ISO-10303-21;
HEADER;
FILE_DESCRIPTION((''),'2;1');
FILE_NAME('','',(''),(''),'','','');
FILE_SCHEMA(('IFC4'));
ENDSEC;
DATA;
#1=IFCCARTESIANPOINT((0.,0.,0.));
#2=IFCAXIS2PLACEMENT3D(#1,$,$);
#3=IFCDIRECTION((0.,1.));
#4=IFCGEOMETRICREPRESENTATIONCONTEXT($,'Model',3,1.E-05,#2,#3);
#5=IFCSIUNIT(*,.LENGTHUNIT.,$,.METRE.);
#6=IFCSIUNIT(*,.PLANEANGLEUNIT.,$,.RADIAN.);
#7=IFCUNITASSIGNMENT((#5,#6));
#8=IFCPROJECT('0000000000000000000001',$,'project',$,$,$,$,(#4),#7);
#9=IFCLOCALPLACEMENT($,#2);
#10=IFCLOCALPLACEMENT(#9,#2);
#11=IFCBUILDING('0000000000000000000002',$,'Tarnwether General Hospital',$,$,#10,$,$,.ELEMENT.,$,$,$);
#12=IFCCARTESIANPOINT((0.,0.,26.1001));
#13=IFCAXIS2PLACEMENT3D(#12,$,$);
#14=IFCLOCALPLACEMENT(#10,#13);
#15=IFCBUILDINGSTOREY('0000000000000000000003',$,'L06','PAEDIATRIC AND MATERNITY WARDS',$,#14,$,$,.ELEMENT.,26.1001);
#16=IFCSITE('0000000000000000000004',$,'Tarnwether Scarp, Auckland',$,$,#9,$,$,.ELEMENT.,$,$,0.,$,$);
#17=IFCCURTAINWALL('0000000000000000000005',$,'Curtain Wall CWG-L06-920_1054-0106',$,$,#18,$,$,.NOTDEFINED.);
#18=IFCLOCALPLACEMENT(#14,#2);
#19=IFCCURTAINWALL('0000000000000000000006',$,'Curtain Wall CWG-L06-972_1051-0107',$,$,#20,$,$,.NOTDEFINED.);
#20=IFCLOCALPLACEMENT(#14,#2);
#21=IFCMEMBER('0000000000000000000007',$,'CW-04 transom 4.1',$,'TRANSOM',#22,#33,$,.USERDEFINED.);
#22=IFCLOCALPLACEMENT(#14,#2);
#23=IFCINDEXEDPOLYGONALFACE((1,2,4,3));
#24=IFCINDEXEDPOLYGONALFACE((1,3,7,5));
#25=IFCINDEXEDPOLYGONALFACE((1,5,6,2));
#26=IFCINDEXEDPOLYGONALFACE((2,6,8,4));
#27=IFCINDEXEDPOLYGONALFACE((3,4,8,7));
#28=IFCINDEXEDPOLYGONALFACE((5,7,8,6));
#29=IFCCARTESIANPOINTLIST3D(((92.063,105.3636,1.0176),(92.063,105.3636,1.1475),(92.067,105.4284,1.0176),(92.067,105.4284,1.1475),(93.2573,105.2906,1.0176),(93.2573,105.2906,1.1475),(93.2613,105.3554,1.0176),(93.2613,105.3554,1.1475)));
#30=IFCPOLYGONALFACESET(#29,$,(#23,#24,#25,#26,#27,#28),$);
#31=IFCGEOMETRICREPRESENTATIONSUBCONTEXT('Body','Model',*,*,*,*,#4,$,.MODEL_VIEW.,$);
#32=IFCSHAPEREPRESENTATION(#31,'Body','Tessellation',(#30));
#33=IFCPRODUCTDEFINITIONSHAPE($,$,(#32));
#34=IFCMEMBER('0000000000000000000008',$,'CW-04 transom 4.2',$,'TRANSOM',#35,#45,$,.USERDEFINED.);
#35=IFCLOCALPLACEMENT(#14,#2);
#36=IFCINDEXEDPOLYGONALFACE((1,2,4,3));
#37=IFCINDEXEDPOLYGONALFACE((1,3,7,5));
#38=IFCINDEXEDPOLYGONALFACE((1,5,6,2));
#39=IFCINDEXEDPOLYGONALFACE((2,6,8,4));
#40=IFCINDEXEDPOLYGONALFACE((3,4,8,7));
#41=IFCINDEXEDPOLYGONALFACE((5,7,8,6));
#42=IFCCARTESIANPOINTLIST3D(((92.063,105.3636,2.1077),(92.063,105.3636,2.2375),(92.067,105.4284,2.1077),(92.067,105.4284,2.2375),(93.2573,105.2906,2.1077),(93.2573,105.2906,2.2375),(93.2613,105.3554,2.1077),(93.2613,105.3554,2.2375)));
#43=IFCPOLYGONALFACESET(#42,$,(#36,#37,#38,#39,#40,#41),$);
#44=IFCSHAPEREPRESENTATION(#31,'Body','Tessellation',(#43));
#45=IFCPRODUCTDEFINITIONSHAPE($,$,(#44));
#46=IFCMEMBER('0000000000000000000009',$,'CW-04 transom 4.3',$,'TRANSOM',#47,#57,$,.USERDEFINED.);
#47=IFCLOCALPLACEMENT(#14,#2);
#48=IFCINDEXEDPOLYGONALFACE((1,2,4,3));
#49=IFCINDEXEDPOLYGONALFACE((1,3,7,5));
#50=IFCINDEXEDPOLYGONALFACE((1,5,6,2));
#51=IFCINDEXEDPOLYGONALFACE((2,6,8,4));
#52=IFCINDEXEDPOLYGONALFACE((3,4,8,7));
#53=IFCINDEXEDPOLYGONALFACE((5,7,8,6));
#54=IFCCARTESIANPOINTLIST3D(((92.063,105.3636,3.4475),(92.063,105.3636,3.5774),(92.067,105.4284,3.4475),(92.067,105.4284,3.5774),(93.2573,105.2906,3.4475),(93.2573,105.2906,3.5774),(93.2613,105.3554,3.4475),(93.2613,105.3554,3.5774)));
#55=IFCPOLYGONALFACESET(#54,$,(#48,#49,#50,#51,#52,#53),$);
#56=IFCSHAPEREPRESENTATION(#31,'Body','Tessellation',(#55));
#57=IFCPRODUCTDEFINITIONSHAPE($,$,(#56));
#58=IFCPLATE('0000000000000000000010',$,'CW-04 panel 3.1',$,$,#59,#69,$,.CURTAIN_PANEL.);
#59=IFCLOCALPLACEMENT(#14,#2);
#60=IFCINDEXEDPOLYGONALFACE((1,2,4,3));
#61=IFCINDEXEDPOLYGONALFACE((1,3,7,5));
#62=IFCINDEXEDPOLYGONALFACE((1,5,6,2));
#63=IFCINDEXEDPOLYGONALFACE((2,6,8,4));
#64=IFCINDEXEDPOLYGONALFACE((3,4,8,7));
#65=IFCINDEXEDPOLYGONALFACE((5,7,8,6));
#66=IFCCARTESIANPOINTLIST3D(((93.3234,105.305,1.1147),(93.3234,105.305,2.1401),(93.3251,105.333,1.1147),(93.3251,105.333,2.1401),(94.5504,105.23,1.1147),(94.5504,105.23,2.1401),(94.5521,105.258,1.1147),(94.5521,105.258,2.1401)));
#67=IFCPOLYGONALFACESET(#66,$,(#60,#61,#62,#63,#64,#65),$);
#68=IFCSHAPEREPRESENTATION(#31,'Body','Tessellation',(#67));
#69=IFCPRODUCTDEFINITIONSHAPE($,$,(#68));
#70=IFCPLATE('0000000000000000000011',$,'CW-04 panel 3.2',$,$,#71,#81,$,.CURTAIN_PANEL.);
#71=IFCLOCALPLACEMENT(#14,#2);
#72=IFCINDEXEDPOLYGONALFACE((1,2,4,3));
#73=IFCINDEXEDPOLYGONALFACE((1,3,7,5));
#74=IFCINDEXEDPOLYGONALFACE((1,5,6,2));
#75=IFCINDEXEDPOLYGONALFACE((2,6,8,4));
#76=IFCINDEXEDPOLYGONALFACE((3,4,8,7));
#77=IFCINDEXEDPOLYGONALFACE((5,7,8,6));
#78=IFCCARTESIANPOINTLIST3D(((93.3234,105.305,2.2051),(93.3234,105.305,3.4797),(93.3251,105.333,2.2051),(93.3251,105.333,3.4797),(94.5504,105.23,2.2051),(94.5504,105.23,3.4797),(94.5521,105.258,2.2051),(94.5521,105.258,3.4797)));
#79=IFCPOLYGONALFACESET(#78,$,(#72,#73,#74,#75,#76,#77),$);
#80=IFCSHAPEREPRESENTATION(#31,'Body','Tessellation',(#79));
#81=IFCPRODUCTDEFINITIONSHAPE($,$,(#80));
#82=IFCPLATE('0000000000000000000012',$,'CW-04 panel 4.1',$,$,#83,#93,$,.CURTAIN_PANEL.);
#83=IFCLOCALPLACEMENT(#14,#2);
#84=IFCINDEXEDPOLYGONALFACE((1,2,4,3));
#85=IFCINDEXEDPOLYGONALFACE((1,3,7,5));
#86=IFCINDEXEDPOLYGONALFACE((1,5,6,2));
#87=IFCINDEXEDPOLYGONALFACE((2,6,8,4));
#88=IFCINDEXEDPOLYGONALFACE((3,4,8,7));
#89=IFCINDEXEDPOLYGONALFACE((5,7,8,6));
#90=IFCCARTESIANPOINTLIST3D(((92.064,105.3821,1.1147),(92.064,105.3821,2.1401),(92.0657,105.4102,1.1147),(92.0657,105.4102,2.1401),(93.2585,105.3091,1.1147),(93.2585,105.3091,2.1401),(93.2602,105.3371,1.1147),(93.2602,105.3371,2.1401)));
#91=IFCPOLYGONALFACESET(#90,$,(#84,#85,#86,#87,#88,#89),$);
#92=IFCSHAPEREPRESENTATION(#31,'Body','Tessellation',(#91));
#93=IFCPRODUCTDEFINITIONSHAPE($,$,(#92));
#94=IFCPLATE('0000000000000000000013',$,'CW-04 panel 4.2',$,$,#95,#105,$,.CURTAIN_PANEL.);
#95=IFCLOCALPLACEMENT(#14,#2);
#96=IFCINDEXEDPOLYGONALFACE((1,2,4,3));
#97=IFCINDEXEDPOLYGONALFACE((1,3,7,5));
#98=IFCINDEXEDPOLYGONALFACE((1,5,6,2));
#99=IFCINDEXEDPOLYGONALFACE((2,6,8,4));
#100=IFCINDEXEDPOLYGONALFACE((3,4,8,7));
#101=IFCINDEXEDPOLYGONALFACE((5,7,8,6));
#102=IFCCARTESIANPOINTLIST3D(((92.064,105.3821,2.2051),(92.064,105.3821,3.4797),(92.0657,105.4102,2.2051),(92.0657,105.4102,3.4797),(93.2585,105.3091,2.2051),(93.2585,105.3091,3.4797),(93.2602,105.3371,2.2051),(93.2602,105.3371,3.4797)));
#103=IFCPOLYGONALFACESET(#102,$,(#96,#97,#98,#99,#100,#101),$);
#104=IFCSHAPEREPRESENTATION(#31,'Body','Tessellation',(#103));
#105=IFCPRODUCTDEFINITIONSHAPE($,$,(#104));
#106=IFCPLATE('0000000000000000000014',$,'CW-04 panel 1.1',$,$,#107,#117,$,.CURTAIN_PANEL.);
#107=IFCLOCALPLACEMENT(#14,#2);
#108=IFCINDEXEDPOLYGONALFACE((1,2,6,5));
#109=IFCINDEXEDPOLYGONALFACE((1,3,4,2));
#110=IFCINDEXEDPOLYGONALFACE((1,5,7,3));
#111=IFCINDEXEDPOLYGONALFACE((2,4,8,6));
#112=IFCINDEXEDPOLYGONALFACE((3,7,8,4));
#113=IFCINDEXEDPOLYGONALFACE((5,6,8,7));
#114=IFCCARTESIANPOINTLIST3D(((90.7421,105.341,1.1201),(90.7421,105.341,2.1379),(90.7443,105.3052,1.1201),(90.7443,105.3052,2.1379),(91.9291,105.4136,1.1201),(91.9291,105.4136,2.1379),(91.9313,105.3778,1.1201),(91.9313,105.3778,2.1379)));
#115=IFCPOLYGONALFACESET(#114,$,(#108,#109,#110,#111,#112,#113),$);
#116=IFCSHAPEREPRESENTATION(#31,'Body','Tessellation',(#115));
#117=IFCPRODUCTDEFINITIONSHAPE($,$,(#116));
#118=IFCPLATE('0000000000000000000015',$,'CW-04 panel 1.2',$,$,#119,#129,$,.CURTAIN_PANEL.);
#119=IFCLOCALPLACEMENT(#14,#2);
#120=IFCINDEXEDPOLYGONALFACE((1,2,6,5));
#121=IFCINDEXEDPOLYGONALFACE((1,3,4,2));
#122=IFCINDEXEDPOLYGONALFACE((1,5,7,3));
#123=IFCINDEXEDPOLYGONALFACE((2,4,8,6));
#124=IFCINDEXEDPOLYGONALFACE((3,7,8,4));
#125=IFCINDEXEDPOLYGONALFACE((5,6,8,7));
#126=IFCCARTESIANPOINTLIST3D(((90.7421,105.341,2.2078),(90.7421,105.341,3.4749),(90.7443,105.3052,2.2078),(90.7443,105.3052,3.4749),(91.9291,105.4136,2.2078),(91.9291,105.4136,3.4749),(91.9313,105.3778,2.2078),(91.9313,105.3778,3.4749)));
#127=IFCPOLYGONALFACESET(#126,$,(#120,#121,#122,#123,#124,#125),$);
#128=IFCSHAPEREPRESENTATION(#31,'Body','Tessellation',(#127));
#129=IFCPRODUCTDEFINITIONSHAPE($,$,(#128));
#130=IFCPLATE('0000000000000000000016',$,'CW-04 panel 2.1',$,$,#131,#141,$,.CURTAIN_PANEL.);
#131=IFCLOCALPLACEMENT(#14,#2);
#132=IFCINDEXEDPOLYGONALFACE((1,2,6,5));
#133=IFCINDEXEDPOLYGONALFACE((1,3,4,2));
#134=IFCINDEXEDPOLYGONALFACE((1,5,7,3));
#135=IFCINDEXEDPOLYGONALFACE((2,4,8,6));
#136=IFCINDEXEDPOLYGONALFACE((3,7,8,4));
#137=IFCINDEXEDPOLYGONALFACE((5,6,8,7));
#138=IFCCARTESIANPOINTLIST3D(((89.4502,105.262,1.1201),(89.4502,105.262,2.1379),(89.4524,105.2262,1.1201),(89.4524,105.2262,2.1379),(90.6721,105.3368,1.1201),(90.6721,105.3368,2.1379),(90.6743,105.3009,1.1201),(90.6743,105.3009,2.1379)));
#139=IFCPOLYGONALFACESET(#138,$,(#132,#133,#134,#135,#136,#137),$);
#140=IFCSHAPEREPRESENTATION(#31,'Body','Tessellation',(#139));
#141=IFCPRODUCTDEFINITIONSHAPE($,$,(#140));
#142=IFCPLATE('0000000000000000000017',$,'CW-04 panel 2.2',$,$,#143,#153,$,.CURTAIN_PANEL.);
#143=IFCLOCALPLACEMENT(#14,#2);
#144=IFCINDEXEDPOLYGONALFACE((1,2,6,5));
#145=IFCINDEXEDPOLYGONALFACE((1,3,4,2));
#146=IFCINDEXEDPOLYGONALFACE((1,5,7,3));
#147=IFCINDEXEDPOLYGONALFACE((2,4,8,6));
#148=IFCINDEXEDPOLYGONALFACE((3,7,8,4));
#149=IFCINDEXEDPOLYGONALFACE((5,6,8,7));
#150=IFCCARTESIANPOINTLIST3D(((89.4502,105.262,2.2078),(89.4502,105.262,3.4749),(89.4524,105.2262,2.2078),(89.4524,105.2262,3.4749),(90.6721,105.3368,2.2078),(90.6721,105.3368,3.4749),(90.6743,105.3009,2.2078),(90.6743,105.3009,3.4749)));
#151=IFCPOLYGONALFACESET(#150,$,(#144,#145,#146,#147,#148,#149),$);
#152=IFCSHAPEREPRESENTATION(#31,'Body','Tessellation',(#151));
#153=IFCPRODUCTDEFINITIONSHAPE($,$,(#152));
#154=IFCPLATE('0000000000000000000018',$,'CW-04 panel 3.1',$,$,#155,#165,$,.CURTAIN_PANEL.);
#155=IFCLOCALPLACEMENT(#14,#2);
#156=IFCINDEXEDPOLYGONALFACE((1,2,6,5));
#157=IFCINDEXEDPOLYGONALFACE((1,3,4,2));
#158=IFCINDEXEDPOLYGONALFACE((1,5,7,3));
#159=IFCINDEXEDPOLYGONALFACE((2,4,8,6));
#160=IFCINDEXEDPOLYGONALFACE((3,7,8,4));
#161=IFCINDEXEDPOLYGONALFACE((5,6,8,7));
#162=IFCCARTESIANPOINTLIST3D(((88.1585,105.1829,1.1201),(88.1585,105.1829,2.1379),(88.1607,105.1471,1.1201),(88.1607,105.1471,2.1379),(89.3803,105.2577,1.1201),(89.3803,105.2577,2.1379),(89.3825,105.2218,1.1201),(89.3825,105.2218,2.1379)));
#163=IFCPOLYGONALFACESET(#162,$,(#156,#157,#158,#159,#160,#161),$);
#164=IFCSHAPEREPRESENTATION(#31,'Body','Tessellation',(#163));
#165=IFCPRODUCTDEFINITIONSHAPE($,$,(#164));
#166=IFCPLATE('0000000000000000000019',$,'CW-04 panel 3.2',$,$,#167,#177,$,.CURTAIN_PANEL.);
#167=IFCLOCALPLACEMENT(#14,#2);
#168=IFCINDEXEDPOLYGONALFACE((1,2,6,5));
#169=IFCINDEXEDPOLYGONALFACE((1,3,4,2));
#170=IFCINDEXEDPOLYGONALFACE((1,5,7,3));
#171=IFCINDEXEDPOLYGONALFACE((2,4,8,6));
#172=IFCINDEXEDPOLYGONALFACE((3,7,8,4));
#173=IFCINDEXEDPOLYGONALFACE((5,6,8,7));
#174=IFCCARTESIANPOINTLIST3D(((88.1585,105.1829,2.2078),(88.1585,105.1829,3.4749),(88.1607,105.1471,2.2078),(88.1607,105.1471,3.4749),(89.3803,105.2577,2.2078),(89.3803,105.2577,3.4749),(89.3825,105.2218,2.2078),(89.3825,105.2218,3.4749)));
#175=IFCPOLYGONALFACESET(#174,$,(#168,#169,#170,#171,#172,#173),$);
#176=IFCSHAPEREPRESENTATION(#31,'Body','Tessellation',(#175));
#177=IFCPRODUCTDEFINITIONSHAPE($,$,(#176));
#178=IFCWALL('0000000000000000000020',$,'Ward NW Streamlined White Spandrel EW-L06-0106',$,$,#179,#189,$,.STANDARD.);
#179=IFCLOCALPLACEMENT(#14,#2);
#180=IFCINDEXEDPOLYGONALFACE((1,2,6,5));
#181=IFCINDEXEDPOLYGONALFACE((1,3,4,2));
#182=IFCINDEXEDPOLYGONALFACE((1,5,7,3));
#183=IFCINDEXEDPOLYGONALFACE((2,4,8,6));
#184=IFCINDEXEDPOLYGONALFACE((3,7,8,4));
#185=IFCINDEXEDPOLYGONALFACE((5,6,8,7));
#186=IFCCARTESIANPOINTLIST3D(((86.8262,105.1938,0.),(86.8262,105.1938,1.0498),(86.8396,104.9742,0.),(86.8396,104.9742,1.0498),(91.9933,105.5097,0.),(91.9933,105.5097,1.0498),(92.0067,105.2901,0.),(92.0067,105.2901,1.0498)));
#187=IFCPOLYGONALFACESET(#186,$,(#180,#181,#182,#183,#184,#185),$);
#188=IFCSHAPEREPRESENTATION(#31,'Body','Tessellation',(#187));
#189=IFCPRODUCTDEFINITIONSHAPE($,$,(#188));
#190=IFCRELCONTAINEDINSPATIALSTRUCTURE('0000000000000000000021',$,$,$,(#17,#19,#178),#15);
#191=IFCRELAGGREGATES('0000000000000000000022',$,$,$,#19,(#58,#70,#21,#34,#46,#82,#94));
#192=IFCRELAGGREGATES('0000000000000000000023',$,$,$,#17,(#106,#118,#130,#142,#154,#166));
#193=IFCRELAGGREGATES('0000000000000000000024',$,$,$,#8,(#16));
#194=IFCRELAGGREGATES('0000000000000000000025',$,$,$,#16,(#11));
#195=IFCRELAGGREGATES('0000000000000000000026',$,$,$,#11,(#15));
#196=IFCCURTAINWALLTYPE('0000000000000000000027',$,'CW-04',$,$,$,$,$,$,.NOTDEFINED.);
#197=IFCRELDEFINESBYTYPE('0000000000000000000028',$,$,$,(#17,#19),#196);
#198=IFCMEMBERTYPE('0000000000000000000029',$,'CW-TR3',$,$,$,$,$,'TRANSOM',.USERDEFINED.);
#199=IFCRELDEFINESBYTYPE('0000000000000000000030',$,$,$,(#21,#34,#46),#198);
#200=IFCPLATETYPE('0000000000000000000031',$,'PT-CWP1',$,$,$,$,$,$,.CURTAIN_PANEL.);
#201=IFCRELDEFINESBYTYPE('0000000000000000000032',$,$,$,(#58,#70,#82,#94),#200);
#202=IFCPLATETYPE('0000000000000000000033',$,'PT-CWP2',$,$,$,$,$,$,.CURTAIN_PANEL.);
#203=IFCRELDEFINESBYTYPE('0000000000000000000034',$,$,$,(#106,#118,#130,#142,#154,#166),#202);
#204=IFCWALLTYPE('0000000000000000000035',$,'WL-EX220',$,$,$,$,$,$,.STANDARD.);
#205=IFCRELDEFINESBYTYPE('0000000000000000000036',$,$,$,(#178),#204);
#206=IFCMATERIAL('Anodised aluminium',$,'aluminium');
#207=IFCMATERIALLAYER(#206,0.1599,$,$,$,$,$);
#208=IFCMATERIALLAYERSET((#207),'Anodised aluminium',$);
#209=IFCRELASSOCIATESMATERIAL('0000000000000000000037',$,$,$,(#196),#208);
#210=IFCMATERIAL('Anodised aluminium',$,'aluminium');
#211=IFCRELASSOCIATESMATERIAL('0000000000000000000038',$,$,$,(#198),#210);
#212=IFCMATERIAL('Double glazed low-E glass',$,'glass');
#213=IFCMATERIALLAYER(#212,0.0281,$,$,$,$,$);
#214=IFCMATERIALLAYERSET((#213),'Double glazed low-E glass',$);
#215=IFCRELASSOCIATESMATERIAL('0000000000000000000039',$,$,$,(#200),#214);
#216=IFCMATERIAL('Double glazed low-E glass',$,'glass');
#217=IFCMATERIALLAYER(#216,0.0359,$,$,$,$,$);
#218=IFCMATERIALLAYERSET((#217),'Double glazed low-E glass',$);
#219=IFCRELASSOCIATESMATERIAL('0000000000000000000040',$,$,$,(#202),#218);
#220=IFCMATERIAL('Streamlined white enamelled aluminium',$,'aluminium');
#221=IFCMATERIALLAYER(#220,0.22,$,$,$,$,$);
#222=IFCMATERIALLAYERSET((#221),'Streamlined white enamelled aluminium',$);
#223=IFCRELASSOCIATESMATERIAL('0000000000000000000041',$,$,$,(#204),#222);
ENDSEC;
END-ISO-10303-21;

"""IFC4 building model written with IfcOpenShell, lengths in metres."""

from ifc_helpers import new_model, si_unit, direction, frame, frame_2d, origin, origin_2d, place, context, subcontext, project, spatial, rectangle, extrude, material, layer, layer_set, material_profile, profile_set, type_object, element, aggregate, save


model = new_model("IFC4")

# Units and contexts
model_context = context("Model", 3, precision=1e-05, world=origin(), true_north=direction((0.0, 1.0)))
body_context = subcontext(model_context, "Body", "Model", "MODEL_VIEW")
ifc_project = project(units=[si_unit("LENGTHUNIT", "METRE"), si_unit("PLANEANGLEUNIT", "RADIAN")], contexts=[model_context])

# Site, building, storey
site_placement = place(None, origin())
site = spatial("IfcSite", under=ifc_project, at=site_placement, Name="Tarnwether Scarp, Auckland", CompositionType="ELEMENT", RefElevation=0.0)
building_placement = place(site_placement, origin())
building = spatial("IfcBuilding", under=site, at=building_placement, Name="Tarnwether General Hospital", CompositionType="ELEMENT")
storey_placement = place(building_placement, frame((0.0, 0.0, 26.1001)))
storey = spatial("IfcBuildingStorey", under=building, at=storey_placement, Name="L06", Description="PAEDIATRIC AND MATERNITY WARDS", CompositionType="ELEMENT", Elevation=26.1001)

# Curtain walls
ifc_material_1 = material(Name="Anodised aluminium", Category="aluminium")
ifc_layer_1 = layer(ifc_material_1, 0.1599)
ifc_layer_set_1 = layer_set([ifc_layer_1], Name="Anodised aluminium")
curtain_wall_type = type_object("IfcCurtainWallType", Name="CW-04", PredefinedType="NOTDEFINED", material=ifc_layer_set_1)
curtain_wall_1_placement = place(storey_placement, origin())
curtain_wall_1 = element("IfcCurtainWall", 1, at=curtain_wall_1_placement, inside=storey, type_object=curtain_wall_type, Name="Curtain Wall CWG-L06-920_1054-0106", PredefinedType="NOTDEFINED")
curtain_wall_2_placement = place(storey_placement, origin())
curtain_wall_2 = element("IfcCurtainWall", 2, at=curtain_wall_2_placement, inside=storey, type_object=curtain_wall_type, Name="Curtain Wall CWG-L06-972_1051-0107", PredefinedType="NOTDEFINED")

# Members
ifc_material_2 = material(Name="Anodised aluminium", Category="aluminium")
ifc_material_profile_1 = material_profile(ifc_material_2, rectangle(XDim=0.0649, YDim=0.1299, at=origin_2d()), Name="ALU-TRN-65x130")
ifc_profile_set_1 = profile_set([ifc_material_profile_1], Name="Anodised aluminium")
member_type_1 = type_object("IfcMemberType", Name="CW-TR3", ElementType="TRANSOM", PredefinedType="USERDEFINED", material=ifc_profile_set_1)
member_1_placement = place(storey_placement, frame((93.2593, 105.323, 1.0825), z_axis=(-0.998137, 0.061006, 0.0), x_axis=(-0.061006, -0.998137, 0.0)))
member_1 = element("IfcMember", 3, at=member_1_placement, type_object=member_type_1, Name="CW-04 transom 4.1", ObjectType="TRANSOM", PredefinedType="USERDEFINED", context=body_context, shape_type="SweptSolid", body=[
    extrude(rectangle(XDim=0.0649, YDim=0.1299, at=origin_2d()), origin(), (0.0, 0.0, 1.0), 1.1965),
])
member_2_placement = place(storey_placement, frame((93.2593, 105.323, 2.1726), z_axis=(-0.998137, 0.061006, 0.0), x_axis=(-0.061006, -0.998137, 0.0)))
member_2 = element("IfcMember", 4, at=member_2_placement, type_object=member_type_1, Name="CW-04 transom 4.2", ObjectType="TRANSOM", PredefinedType="USERDEFINED", context=body_context, shape_type="SweptSolid", body=[
    extrude(rectangle(XDim=0.0649, YDim=0.1299, at=origin_2d()), origin(), (0.0, 0.0, 1.0), 1.1965),
])
member_3_placement = place(storey_placement, frame((93.2593, 105.323, 3.5125), z_axis=(-0.998137, 0.061006, 0.0), x_axis=(-0.061006, -0.998137, 0.0)))
member_3 = element("IfcMember", 5, at=member_3_placement, type_object=member_type_1, Name="CW-04 transom 4.3", ObjectType="TRANSOM", PredefinedType="USERDEFINED", context=body_context, shape_type="SweptSolid", body=[
    extrude(rectangle(XDim=0.0649, YDim=0.1299, at=origin_2d()), origin(), (0.0, 0.0, 1.0), 1.1965),
])

# Plates
ifc_material_3 = material(Name="Double glazed low-E glass", Category="glass")
ifc_layer_2 = layer(ifc_material_3, 0.0281)
ifc_layer_set_2 = layer_set([ifc_layer_2], Name="Double glazed low-E glass")
plate_type_1 = type_object("IfcPlateType", Name="PT-CWP1", PredefinedType="CURTAIN_PANEL", material=ifc_layer_set_2)
plate_1_placement = place(storey_placement, frame((93.9377, 105.2815, 1.1147), z_axis=(0.0, 0.0, 1.0), x_axis=(-0.998135, 0.061043, 0.0)))
plate_1 = element("IfcPlate", 6, at=plate_1_placement, type_object=plate_type_1, Name="CW-04 panel 3.1", PredefinedType="CURTAIN_PANEL", context=body_context, shape_type="SweptSolid", body=[
    extrude(rectangle(XDim=1.2292, YDim=0.0281, at=origin_2d()), origin(), (0.0, 0.0, 1.0), 1.0254),
])
plate_2_placement = place(storey_placement, frame((93.9377, 105.2815, 2.2051), z_axis=(0.0, 0.0, 1.0), x_axis=(-0.998135, 0.061043, 0.0)))
plate_2 = element("IfcPlate", 7, at=plate_2_placement, type_object=plate_type_1, Name="CW-04 panel 3.2", PredefinedType="CURTAIN_PANEL", context=body_context, shape_type="SweptSolid", body=[
    extrude(rectangle(XDim=1.2292, YDim=0.0281, at=origin_2d()), origin(), (0.0, 0.0, 1.0), 1.2747),
])
plate_3_placement = place(storey_placement, frame((92.6621, 105.3596, 1.1147), z_axis=(0.0, 0.0, 1.0), x_axis=(-0.998135, 0.061043, 0.0)))
plate_3 = element("IfcPlate", 8, at=plate_3_placement, type_object=plate_type_1, Name="CW-04 panel 4.1", PredefinedType="CURTAIN_PANEL", context=body_context, shape_type="SweptSolid", body=[
    extrude(rectangle(XDim=1.1968, YDim=0.0281, at=origin_2d()), origin(), (0.0, 0.0, 1.0), 1.0254),
])
plate_4_placement = place(storey_placement, frame((92.6621, 105.3596, 2.2051), z_axis=(0.0, 0.0, 1.0), x_axis=(-0.998135, 0.061043, 0.0)))
plate_4 = element("IfcPlate", 9, at=plate_4_placement, type_object=plate_type_1, Name="CW-04 panel 4.2", PredefinedType="CURTAIN_PANEL", context=body_context, shape_type="SweptSolid", body=[
    extrude(rectangle(XDim=1.1968, YDim=0.0281, at=origin_2d()), origin(), (0.0, 0.0, 1.0), 1.2747),
])
aggregate(curtain_wall_2, [plate_1, plate_2, member_1, member_2, member_3, plate_3, plate_4])
ifc_material_4 = material(Name="Double glazed low-E glass", Category="glass")
ifc_layer_3 = layer(ifc_material_4, 0.0359)
ifc_layer_set_3 = layer_set([ifc_layer_3], Name="Double glazed low-E glass")
plate_type_2 = type_object("IfcPlateType", Name="PT-CWP2", PredefinedType="CURTAIN_PANEL", material=ifc_layer_set_3)
plate_5_placement = place(storey_placement, frame((91.3367, 105.3594, 1.1201), z_axis=(0.0, 0.0, 1.0), x_axis=(-0.998135, -0.061043, 0.0)))
plate_5 = element("IfcPlate", 10, at=plate_5_placement, type_object=plate_type_2, Name="CW-04 panel 1.1", PredefinedType="CURTAIN_PANEL", context=body_context, shape_type="SweptSolid", body=[
    extrude(rectangle(XDim=1.1892, YDim=0.0359, at=origin_2d()), origin(), (0.0, 0.0, 1.0), 1.0178),
])
plate_6_placement = place(storey_placement, frame((91.3367, 105.3594, 2.2078), z_axis=(0.0, 0.0, 1.0), x_axis=(-0.998135, -0.061043, 0.0)))
plate_6 = element("IfcPlate", 11, at=plate_6_placement, type_object=plate_type_2, Name="CW-04 panel 1.2", PredefinedType="CURTAIN_PANEL", context=body_context, shape_type="SweptSolid", body=[
    extrude(rectangle(XDim=1.1892, YDim=0.0359, at=origin_2d()), origin(), (0.0, 0.0, 1.0), 1.2671),
])
plate_7_placement = place(storey_placement, frame((90.0623, 105.2815, 1.1201), z_axis=(0.0, 0.0, 1.0), x_axis=(-0.998135, -0.061043, 0.0)))
plate_7 = element("IfcPlate", 12, at=plate_7_placement, type_object=plate_type_2, Name="CW-04 panel 2.1", PredefinedType="CURTAIN_PANEL", context=body_context, shape_type="SweptSolid", body=[
    extrude(rectangle(XDim=1.2241, YDim=0.0359, at=origin_2d()), origin(), (0.0, 0.0, 1.0), 1.0178),
])
plate_8_placement = place(storey_placement, frame((90.0623, 105.2815, 2.2078), z_axis=(0.0, 0.0, 1.0), x_axis=(-0.998135, -0.061043, 0.0)))
plate_8 = element("IfcPlate", 13, at=plate_8_placement, type_object=plate_type_2, Name="CW-04 panel 2.2", PredefinedType="CURTAIN_PANEL", context=body_context, shape_type="SweptSolid", body=[
    extrude(rectangle(XDim=1.2241, YDim=0.0359, at=origin_2d()), origin(), (0.0, 0.0, 1.0), 1.2671),
])
plate_9_placement = place(storey_placement, frame((88.7705, 105.2024, 1.1201), z_axis=(0.0, 0.0, 1.0), x_axis=(-0.998135, -0.061043, 0.0)))
plate_9 = element("IfcPlate", 14, at=plate_9_placement, type_object=plate_type_2, Name="CW-04 panel 3.1", PredefinedType="CURTAIN_PANEL", context=body_context, shape_type="SweptSolid", body=[
    extrude(rectangle(XDim=1.2241, YDim=0.0359, at=origin_2d()), origin(), (0.0, 0.0, 1.0), 1.0178),
])
plate_10_placement = place(storey_placement, frame((88.7705, 105.2024, 2.2078), z_axis=(0.0, 0.0, 1.0), x_axis=(-0.998135, -0.061043, 0.0)))
plate_10 = element("IfcPlate", 15, at=plate_10_placement, type_object=plate_type_2, Name="CW-04 panel 3.2", PredefinedType="CURTAIN_PANEL", context=body_context, shape_type="SweptSolid", body=[
    extrude(rectangle(XDim=1.2241, YDim=0.0359, at=origin_2d()), origin(), (0.0, 0.0, 1.0), 1.2671),
])
aggregate(curtain_wall_1, [plate_5, plate_6, plate_7, plate_8, plate_9, plate_10])

# Wall
ifc_material_5 = material(Name="Streamlined white enamelled aluminium", Category="aluminium")
ifc_layer_4 = layer(ifc_material_5, 0.22)
ifc_layer_set_4 = layer_set([ifc_layer_4], Name="Streamlined white enamelled aluminium")
wall_type = type_object("IfcWallType", Name="WL-EX220", PredefinedType="STANDARD", material=ifc_layer_set_4)
wall_placement = place(storey_placement, frame((92.0, 105.3999, 0.0), z_axis=(0.0, 0.0, 1.0), x_axis=(-0.998136, -0.061028, 0.0)))
element("IfcWall", 16, at=wall_placement, inside=storey, type_object=wall_type, Name="Ward NW Streamlined White Spandrel EW-L06-0106", PredefinedType="STANDARD", context=body_context, shape_type="SweptSolid", body=[
    extrude(rectangle(XDim=5.1768, YDim=0.22, at=frame_2d((2.5884, 0.0))), origin(), (0.0, 0.0, 1.0), 1.0498),
])

save(model, "model.ifc")
